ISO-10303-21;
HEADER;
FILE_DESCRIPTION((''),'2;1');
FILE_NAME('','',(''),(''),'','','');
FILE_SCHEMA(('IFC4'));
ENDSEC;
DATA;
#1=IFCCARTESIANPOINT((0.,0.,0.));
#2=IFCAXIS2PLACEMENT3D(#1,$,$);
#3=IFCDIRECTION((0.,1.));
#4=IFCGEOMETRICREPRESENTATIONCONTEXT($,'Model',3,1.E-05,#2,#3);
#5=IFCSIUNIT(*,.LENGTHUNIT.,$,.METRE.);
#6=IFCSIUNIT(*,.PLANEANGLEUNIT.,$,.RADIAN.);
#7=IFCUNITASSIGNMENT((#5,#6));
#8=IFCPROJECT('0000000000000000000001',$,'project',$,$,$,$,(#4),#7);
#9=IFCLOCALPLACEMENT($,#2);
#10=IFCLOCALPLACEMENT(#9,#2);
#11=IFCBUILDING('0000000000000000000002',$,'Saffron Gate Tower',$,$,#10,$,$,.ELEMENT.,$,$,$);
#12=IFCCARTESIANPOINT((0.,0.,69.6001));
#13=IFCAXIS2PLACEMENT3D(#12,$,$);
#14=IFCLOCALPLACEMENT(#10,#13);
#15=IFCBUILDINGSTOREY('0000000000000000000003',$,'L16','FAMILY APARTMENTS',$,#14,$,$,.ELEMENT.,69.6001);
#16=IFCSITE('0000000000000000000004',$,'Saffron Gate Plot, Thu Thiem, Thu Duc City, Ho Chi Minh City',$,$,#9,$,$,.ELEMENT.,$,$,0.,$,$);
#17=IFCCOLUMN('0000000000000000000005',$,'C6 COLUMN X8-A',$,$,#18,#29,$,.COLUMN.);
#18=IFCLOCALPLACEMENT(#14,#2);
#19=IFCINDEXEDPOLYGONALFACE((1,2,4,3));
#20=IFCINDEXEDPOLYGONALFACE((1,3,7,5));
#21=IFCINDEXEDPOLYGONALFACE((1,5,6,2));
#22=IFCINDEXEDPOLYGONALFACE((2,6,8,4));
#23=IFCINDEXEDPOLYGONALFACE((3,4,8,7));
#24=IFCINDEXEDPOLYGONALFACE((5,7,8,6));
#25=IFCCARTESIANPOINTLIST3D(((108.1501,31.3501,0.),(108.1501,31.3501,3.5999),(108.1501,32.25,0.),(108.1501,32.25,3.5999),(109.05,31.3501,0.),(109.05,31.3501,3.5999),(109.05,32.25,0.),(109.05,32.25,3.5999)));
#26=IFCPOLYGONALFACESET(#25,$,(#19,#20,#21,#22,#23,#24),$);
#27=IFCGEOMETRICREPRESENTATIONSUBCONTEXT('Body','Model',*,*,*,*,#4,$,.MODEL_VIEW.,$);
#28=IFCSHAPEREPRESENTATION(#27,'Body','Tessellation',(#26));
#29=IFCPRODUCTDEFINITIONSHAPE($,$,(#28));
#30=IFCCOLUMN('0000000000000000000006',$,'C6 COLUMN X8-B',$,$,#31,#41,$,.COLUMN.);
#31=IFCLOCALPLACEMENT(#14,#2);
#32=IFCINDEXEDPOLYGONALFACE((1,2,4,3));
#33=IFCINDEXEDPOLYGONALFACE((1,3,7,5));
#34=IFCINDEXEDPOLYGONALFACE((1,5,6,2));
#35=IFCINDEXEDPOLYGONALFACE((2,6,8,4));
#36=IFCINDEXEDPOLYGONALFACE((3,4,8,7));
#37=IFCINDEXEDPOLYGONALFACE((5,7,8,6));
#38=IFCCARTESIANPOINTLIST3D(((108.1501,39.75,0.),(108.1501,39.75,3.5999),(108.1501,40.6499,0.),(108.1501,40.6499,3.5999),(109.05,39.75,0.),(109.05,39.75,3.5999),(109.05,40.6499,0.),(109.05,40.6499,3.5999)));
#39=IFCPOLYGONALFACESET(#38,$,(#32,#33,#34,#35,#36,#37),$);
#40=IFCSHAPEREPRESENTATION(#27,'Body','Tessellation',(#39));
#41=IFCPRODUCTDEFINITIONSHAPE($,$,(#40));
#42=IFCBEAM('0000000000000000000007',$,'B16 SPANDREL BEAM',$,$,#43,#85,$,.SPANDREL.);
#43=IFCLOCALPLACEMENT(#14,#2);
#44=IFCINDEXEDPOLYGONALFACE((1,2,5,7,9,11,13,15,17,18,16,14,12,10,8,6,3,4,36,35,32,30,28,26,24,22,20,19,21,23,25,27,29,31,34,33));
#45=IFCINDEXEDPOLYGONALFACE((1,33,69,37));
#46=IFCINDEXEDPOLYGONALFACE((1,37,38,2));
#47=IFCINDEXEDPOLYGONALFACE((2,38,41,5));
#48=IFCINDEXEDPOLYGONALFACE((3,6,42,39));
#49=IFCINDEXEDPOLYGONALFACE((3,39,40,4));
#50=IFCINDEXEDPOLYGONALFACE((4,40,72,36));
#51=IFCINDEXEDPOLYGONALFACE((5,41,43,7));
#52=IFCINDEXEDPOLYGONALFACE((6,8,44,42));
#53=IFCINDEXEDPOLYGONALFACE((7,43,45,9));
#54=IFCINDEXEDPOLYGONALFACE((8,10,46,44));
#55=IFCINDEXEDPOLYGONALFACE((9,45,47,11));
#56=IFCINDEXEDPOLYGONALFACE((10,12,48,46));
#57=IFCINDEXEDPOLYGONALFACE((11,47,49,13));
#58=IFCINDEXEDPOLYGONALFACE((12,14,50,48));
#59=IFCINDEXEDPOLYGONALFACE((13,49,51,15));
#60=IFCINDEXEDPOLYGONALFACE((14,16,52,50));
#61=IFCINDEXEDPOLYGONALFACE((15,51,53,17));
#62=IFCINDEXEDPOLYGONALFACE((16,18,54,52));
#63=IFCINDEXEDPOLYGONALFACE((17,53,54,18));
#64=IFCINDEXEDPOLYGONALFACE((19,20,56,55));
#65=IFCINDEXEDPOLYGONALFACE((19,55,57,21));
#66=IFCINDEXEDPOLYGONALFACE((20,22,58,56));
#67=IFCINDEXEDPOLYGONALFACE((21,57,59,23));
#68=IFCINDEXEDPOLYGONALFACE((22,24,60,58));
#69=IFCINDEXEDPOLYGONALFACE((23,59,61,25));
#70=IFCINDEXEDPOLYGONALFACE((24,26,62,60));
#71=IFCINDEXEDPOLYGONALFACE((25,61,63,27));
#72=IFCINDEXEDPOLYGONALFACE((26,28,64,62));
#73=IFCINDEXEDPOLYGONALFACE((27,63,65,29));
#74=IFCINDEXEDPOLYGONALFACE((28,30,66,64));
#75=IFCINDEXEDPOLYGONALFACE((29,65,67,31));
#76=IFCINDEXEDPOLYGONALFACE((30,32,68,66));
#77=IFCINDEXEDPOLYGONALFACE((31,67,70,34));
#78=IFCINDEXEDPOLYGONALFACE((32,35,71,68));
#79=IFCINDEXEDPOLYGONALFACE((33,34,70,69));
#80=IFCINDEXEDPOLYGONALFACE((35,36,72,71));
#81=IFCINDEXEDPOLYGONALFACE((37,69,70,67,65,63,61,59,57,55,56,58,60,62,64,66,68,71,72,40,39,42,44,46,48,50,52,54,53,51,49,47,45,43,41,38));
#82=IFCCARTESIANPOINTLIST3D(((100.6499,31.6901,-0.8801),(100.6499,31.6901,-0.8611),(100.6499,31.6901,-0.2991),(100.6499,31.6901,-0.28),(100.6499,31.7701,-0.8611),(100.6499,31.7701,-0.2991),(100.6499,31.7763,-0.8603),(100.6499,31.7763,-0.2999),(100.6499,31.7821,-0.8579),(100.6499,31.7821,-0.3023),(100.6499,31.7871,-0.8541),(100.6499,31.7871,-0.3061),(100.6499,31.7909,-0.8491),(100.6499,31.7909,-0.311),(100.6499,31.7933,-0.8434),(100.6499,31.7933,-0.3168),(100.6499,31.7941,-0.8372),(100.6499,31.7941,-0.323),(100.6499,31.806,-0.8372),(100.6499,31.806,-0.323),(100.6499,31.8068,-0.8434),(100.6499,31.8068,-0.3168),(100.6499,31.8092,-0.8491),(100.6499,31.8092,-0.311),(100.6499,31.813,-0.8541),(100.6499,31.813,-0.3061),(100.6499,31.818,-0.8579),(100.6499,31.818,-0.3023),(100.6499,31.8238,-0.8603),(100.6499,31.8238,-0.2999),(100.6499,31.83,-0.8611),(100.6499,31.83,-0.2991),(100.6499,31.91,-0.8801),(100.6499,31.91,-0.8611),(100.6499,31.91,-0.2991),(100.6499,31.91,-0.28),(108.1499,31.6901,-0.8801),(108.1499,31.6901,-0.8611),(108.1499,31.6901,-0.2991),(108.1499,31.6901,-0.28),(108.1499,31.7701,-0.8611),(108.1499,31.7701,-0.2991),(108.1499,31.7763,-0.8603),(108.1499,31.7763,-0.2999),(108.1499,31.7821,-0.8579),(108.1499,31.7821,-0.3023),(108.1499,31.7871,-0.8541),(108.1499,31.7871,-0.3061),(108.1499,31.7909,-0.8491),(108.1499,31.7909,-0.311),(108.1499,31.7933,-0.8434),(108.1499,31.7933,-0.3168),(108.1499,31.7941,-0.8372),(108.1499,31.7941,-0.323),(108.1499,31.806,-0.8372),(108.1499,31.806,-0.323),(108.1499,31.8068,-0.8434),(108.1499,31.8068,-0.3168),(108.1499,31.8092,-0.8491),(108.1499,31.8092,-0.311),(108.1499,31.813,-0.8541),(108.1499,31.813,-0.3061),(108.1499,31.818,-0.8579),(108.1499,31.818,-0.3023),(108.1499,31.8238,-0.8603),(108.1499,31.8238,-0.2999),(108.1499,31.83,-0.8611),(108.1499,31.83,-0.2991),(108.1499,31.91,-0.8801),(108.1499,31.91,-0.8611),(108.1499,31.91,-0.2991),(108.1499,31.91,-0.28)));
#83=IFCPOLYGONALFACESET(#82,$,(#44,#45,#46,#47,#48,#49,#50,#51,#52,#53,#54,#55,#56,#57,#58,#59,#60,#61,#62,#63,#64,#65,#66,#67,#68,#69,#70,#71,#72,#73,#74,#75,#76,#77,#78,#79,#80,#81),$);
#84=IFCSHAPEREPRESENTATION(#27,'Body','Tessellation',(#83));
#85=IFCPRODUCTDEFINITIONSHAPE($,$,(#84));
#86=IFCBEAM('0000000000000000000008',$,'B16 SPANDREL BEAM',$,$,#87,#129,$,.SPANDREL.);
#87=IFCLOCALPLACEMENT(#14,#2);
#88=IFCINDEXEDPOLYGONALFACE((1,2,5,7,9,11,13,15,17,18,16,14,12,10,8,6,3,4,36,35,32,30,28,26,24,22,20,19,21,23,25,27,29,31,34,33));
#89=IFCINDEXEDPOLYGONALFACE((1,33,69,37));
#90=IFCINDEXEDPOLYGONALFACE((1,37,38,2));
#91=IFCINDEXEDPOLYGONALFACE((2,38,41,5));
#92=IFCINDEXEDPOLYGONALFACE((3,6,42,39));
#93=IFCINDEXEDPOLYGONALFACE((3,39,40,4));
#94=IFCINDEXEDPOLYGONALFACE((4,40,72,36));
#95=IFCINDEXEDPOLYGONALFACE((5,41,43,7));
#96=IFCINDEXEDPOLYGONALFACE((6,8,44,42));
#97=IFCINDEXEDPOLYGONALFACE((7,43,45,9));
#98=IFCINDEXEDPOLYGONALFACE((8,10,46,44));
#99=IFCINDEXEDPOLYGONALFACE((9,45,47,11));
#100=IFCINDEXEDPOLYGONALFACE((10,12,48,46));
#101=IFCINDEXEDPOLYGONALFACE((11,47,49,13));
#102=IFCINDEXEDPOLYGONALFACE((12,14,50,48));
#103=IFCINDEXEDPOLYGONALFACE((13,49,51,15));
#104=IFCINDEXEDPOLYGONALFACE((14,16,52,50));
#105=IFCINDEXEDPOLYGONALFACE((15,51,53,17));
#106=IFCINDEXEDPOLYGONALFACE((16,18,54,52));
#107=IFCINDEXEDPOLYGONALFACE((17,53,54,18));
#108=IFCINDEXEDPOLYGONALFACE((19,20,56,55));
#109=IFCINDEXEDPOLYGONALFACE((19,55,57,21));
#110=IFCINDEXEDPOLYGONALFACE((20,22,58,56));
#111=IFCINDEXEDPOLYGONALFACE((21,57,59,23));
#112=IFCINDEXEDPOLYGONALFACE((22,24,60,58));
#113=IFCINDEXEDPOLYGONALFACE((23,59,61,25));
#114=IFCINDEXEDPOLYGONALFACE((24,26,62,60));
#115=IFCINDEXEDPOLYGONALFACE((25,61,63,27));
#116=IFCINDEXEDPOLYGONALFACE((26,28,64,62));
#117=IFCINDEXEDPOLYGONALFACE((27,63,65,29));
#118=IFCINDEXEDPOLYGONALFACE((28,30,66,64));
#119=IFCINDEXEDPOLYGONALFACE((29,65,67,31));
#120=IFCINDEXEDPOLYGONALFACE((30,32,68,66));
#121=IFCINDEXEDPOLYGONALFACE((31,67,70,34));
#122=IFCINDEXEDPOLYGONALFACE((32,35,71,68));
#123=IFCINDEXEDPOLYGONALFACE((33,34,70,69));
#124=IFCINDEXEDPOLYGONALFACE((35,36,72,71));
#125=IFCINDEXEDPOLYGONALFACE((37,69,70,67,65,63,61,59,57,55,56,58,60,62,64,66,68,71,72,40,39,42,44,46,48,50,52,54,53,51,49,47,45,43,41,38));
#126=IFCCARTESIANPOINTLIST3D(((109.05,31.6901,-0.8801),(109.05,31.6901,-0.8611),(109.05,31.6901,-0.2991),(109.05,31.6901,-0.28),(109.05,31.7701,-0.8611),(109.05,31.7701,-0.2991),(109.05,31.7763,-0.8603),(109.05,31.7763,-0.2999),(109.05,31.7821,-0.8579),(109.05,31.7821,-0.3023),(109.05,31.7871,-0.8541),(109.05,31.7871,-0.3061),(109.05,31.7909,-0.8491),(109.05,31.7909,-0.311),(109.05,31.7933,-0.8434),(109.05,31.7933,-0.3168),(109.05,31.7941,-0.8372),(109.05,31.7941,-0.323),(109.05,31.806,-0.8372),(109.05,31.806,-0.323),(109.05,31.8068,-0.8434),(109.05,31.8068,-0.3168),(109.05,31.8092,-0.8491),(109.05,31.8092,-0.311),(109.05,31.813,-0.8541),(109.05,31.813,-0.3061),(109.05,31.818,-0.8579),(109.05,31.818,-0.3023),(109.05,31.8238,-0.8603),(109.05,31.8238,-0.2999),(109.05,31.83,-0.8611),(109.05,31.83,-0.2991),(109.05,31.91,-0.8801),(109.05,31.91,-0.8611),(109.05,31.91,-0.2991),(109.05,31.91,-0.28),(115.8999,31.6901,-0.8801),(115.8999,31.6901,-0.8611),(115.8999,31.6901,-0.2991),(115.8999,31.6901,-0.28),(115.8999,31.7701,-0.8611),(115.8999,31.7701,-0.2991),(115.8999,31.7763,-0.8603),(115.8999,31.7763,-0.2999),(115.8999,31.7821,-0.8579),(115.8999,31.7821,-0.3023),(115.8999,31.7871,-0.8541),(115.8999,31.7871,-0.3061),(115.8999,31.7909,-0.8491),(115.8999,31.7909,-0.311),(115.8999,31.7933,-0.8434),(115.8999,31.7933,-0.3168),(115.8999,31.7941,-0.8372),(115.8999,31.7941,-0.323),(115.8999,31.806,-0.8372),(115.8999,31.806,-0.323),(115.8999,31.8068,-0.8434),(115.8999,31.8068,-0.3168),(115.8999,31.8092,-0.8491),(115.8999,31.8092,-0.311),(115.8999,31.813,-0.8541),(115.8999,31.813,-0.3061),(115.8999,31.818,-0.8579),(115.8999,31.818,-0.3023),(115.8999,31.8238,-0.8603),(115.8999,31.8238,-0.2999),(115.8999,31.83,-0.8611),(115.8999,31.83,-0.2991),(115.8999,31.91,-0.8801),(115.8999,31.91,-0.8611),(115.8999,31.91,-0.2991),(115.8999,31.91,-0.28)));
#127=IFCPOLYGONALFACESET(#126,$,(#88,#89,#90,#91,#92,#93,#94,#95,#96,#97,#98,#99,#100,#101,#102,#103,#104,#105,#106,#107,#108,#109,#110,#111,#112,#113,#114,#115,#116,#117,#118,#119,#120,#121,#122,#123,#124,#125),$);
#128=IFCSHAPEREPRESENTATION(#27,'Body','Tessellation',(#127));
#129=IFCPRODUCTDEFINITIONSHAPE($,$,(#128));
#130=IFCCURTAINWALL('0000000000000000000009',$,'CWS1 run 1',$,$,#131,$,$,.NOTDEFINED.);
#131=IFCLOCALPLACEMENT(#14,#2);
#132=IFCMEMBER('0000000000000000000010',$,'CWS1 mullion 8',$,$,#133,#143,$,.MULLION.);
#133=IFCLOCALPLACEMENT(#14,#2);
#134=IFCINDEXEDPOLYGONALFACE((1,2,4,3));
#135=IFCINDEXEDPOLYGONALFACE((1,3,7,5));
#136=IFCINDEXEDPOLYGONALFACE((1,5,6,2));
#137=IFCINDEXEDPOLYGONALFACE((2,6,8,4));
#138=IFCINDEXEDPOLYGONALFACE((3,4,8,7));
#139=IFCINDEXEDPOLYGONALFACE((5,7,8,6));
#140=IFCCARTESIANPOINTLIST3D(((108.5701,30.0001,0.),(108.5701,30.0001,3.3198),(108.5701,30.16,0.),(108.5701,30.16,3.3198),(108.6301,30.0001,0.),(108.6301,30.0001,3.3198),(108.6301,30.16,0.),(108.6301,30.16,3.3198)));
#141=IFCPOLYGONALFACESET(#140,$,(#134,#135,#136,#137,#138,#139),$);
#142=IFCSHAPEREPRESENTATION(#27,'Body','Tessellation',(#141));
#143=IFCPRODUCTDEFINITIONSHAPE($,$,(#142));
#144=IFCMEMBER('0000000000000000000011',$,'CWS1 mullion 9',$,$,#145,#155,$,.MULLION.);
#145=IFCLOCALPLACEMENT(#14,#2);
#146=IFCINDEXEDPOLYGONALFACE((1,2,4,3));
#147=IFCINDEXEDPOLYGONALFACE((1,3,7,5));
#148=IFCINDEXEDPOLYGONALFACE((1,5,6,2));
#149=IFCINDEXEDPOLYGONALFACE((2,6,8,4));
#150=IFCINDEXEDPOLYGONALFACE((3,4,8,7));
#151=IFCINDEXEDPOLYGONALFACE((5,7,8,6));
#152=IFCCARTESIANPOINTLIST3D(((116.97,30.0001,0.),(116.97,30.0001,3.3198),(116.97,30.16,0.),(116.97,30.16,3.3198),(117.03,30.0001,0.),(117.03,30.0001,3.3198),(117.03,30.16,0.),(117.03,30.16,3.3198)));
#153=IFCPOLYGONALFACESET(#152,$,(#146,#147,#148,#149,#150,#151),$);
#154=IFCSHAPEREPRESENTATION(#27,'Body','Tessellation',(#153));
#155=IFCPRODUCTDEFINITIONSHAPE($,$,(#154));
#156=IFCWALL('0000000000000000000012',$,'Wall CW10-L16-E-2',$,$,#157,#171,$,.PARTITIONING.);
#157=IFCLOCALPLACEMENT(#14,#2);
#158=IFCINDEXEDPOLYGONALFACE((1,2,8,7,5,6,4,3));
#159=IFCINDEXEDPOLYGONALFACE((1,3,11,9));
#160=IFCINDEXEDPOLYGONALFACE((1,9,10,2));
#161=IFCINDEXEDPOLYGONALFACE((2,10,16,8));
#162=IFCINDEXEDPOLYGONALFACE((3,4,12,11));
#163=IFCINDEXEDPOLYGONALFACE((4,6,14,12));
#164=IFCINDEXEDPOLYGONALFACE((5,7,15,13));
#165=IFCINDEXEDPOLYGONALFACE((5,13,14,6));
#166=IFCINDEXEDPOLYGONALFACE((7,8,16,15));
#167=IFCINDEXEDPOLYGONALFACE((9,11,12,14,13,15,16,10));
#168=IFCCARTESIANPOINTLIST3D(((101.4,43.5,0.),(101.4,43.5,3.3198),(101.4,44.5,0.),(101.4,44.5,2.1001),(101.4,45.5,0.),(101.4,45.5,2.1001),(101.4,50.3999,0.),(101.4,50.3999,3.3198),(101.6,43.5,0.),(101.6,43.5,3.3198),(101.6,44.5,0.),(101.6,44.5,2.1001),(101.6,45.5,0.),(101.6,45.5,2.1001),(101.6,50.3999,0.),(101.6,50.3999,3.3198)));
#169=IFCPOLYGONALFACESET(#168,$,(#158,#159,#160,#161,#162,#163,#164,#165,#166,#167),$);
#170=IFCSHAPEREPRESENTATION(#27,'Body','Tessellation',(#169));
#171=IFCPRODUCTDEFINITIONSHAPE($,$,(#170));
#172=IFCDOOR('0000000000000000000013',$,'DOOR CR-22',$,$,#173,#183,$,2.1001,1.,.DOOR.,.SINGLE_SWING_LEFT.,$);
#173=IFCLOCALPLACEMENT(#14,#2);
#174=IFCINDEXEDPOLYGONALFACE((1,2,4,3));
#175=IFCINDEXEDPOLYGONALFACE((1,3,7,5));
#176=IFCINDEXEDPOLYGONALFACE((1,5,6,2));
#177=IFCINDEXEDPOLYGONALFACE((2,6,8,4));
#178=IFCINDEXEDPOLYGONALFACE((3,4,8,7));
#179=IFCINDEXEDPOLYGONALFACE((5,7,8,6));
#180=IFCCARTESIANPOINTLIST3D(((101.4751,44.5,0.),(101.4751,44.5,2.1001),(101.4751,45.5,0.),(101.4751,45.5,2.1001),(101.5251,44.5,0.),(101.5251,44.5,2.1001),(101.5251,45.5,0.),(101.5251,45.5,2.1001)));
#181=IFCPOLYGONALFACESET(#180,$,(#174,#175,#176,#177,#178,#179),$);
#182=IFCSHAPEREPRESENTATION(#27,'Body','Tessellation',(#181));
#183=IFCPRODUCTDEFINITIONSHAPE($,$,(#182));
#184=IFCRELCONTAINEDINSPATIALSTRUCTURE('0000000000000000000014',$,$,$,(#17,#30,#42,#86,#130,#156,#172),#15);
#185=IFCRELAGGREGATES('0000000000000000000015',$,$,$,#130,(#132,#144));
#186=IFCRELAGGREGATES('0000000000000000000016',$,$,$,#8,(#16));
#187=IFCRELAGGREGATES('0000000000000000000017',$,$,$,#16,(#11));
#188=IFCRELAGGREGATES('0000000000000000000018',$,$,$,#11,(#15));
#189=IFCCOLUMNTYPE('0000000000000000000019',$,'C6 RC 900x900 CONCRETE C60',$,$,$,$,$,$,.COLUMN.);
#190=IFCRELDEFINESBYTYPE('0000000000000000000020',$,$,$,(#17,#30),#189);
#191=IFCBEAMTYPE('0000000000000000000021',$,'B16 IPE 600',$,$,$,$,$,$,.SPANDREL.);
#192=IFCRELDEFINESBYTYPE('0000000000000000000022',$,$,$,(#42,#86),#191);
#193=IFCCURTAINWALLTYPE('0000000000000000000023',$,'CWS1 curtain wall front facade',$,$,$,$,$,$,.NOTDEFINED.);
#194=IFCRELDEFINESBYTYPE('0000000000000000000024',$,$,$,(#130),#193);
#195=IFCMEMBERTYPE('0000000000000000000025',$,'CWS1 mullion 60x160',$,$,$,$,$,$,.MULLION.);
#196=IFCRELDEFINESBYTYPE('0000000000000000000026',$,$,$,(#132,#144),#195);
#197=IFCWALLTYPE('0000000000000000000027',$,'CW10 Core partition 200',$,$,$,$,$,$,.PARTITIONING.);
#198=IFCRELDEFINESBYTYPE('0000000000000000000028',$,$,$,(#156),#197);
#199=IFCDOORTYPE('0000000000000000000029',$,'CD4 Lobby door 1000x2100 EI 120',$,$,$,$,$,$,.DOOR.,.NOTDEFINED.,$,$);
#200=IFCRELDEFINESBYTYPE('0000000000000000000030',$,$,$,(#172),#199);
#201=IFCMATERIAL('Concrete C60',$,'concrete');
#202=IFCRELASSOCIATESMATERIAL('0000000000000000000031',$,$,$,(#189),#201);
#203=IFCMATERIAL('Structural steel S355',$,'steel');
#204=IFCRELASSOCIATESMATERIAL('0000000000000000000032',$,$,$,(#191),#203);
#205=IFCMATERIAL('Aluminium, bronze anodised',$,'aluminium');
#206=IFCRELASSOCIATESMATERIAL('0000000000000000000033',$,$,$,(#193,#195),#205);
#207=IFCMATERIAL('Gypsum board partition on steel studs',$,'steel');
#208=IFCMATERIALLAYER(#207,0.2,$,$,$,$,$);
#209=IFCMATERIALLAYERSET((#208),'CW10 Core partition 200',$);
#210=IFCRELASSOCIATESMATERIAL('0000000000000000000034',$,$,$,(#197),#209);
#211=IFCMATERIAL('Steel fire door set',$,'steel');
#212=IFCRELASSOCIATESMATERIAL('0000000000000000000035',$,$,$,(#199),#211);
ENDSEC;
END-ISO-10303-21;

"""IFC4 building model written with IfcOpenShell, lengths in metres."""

from ifc_helpers import new_model, si_unit, direction, frame, frame_2d, origin, origin_2d, place, context, subcontext, project, spatial, rectangle, i_section, extrude, material, layer, layer_set, material_profile, profile_set, type_object, element, fill, aggregate, save


model = new_model("IFC4")

# Units and contexts
model_context = context("Model", 3, precision=1e-05, world=origin(), true_north=direction((0.0, 1.0)))
body_context = subcontext(model_context, "Body", "Model", "MODEL_VIEW")
ifc_project = project(units=[si_unit("LENGTHUNIT", "METRE"), si_unit("PLANEANGLEUNIT", "RADIAN")], contexts=[model_context])

# Site, building, storey
site_placement = place(None, origin())
site = spatial("IfcSite", under=ifc_project, at=site_placement, Name="Saffron Gate Plot, Thu Thiem, Thu Duc City, Ho Chi Minh City", CompositionType="ELEMENT", RefElevation=0.0)
building_placement = place(site_placement, origin())
building = spatial("IfcBuilding", under=site, at=building_placement, Name="Saffron Gate Tower", CompositionType="ELEMENT")
storey_placement = place(building_placement, frame((0.0, 0.0, 69.6001)))
storey = spatial("IfcBuildingStorey", under=building, at=storey_placement, Name="L16", Description="FAMILY APARTMENTS", CompositionType="ELEMENT", Elevation=69.6001)

# Columns
ifc_material_1 = material(Name="Concrete C60", Category="concrete")
ifc_material_profile_1 = material_profile(ifc_material_1, rectangle(XDim=0.8999, YDim=0.8999, at=origin_2d()))
ifc_profile_set_1 = profile_set([ifc_material_profile_1], Name="Concrete C60")
column_type = type_object("IfcColumnType", Name="C6 RC 900x900 CONCRETE C60", PredefinedType="COLUMN", material=ifc_profile_set_1)
for number, where, z_axis, x_axis, name in (
    (1, (108.6001, 31.8, 0.0), (0.0, 0.0, 1.0), (1.0, 0.0, 0.0), "C6 COLUMN X8-A"),
    (2, (108.6001, 40.2, 0.0), (0.0, 0.0, 1.0), (1.0, 0.0, 0.0), "C6 COLUMN X8-B"),
):
    element("IfcColumn", number, at=place(storey_placement, frame(where, z_axis=z_axis, x_axis=x_axis)), inside=storey, type_object=column_type, Name=name, PredefinedType="COLUMN", context=body_context, shape_type="SweptSolid", body=[
        extrude(rectangle(XDim=0.8999, YDim=0.8999, at=origin_2d()), origin(), (0.0, 0.0, 1.0), 3.5999),
    ])

# Beams
ifc_material_2 = material(Name="Structural steel S355", Category="steel")
ifc_material_profile_2 = material_profile(ifc_material_2, i_section(OverallWidth=0.22, OverallDepth=0.6001, WebThickness=0.012, FlangeThickness=0.019, FilletRadius=0.0239, at=origin_2d()))
ifc_profile_set_2 = profile_set([ifc_material_profile_2], Name="Structural steel S355")
beam_type = type_object("IfcBeamType", Name="B16 IPE 600", PredefinedType="SPANDREL", material=ifc_profile_set_2)
beam_1_placement = place(storey_placement, frame((100.6499, 31.8, -0.5801), z_axis=(1.0, 0.0, 0.0), x_axis=(0.0, 1.0, 0.0)))
element("IfcBeam", 3, at=beam_1_placement, inside=storey, type_object=beam_type, Name="B16 SPANDREL BEAM", PredefinedType="SPANDREL", context=body_context, shape_type="SweptSolid", body=[
    extrude(i_section(OverallWidth=0.22, OverallDepth=0.6001, WebThickness=0.012, FlangeThickness=0.019, FilletRadius=0.0239, at=origin_2d()), origin(), (0.0, 0.0, 1.0), 7.5),
])
beam_2_placement = place(storey_placement, frame((109.05, 31.8, -0.5801), z_axis=(1.0, 0.0, 0.0), x_axis=(0.0, 1.0, 0.0)))
element("IfcBeam", 4, at=beam_2_placement, inside=storey, type_object=beam_type, Name="B16 SPANDREL BEAM", PredefinedType="SPANDREL", context=body_context, shape_type="SweptSolid", body=[
    extrude(i_section(OverallWidth=0.22, OverallDepth=0.6001, WebThickness=0.012, FlangeThickness=0.019, FilletRadius=0.0239, at=origin_2d()), origin(), (0.0, 0.0, 1.0), 6.8499),
])

# Curtain wall, members
ifc_material_3 = material(Name="Aluminium, bronze anodised", Category="aluminium")
curtain_wall_type = type_object("IfcCurtainWallType", Name="CWS1 curtain wall front facade", PredefinedType="NOTDEFINED", material=ifc_material_3)
curtain_wall_placement = place(storey_placement, origin())
curtain_wall = element("IfcCurtainWall", 5, at=curtain_wall_placement, inside=storey, type_object=curtain_wall_type, Name="CWS1 run 1", PredefinedType="NOTDEFINED")
ifc_material_profile_3 = material_profile(ifc_material_3, rectangle(XDim=0.1599, YDim=0.0601, at=origin_2d()))
ifc_profile_set_3 = profile_set([ifc_material_profile_3], Name="Aluminium, bronze anodised")
member_type = type_object("IfcMemberType", Name="CWS1 mullion 60x160", PredefinedType="MULLION", material=ifc_profile_set_3)
member_1_placement = place(storey_placement, frame((108.6001, 30.0801, 0.0), z_axis=(0.0, 0.0, 1.0), x_axis=(0.0, 1.0, 0.0)))
member_1 = element("IfcMember", 6, at=member_1_placement, type_object=member_type, Name="CWS1 mullion 8", PredefinedType="MULLION", context=body_context, shape_type="SweptSolid", body=[
    extrude(rectangle(XDim=0.1599, YDim=0.0601, at=origin_2d()), origin(), (0.0, 0.0, 1.0), 3.3198),
])
member_2_placement = place(storey_placement, frame((117.0, 30.0801, 0.0), z_axis=(0.0, 0.0, 1.0), x_axis=(0.0, 1.0, 0.0)))
member_2 = element("IfcMember", 7, at=member_2_placement, type_object=member_type, Name="CWS1 mullion 9", PredefinedType="MULLION", context=body_context, shape_type="SweptSolid", body=[
    extrude(rectangle(XDim=0.1599, YDim=0.0601, at=origin_2d()), origin(), (0.0, 0.0, 1.0), 3.3198),
])
aggregate(curtain_wall, [member_1, member_2])

# Wall, opening, door
ifc_material_4 = material(Name="Gypsum board partition on steel studs", Category="steel")
ifc_layer_1 = layer(ifc_material_4, 0.2)
ifc_layer_set_1 = layer_set([ifc_layer_1], Name="CW10 Core partition 200")
wall_type_1 = type_object("IfcWallType", Name="CW10 Core partition 200", PredefinedType="PARTITIONING", material=ifc_layer_set_1)
wall_1_placement = place(storey_placement, frame((101.5, 43.5, 0.0), z_axis=(0.0, 0.0, 1.0), x_axis=(0.0, 1.0, 0.0)))
wall_1 = element("IfcWall", 8, at=wall_1_placement, inside=storey, type_object=wall_type_1, Name="Wall CW10-L16-E-2", PredefinedType="PARTITIONING", context=body_context, shape_type="SweptSolid", body=[
    extrude(rectangle(XDim=6.8999, YDim=0.2, at=frame_2d((3.45, 0.0))), origin(), (0.0, 0.0, 1.0), 3.3198),
])
opening_1_placement = place(wall_1_placement, frame((1.0, 0.0, 0.0)))
opening_1 = element("IfcOpeningElement", 9, at=opening_1_placement, cuts=wall_1, PredefinedType="OPENING", context=body_context, shape_type="SweptSolid", body=[
    extrude(rectangle(XDim=1.0, YDim=2.1001, at=frame_2d((0.5, 1.05))), frame((0.0, 0.1099, 0.0), z_axis=(0.0, -1.0, 0.0), x_axis=(1.0, 0.0, 0.0)), (0.0, 0.0, 1.0), 0.22),
])
ifc_material_5 = material(Name="Steel fire door set", Category="steel")
door_type_1 = type_object("IfcDoorType", Name="CD4 Lobby door 1000x2100 EI 120", OperationType="NOTDEFINED", PredefinedType="DOOR", material=ifc_material_5)
door_1_placement = place(opening_1_placement, origin())
door_1 = element("IfcDoor", 10, at=door_1_placement, inside=storey, type_object=door_type_1, Name="DOOR CR-22", OperationType="SINGLE_SWING_LEFT", OverallHeight=2.1001, OverallWidth=1.0, PredefinedType="DOOR", context=body_context, shape_type="SweptSolid", body=[
    extrude(rectangle(XDim=1.0, YDim=2.1001, at=frame_2d((0.5, 1.05))), frame((0.0, 0.0249, 0.0), z_axis=(0.0, -1.0, 0.0), x_axis=(1.0, 0.0, 0.0)), (0.0, 0.0, 1.0), 0.05),
])
fill(opening_1, door_1)

save(model, "model.ifc")
